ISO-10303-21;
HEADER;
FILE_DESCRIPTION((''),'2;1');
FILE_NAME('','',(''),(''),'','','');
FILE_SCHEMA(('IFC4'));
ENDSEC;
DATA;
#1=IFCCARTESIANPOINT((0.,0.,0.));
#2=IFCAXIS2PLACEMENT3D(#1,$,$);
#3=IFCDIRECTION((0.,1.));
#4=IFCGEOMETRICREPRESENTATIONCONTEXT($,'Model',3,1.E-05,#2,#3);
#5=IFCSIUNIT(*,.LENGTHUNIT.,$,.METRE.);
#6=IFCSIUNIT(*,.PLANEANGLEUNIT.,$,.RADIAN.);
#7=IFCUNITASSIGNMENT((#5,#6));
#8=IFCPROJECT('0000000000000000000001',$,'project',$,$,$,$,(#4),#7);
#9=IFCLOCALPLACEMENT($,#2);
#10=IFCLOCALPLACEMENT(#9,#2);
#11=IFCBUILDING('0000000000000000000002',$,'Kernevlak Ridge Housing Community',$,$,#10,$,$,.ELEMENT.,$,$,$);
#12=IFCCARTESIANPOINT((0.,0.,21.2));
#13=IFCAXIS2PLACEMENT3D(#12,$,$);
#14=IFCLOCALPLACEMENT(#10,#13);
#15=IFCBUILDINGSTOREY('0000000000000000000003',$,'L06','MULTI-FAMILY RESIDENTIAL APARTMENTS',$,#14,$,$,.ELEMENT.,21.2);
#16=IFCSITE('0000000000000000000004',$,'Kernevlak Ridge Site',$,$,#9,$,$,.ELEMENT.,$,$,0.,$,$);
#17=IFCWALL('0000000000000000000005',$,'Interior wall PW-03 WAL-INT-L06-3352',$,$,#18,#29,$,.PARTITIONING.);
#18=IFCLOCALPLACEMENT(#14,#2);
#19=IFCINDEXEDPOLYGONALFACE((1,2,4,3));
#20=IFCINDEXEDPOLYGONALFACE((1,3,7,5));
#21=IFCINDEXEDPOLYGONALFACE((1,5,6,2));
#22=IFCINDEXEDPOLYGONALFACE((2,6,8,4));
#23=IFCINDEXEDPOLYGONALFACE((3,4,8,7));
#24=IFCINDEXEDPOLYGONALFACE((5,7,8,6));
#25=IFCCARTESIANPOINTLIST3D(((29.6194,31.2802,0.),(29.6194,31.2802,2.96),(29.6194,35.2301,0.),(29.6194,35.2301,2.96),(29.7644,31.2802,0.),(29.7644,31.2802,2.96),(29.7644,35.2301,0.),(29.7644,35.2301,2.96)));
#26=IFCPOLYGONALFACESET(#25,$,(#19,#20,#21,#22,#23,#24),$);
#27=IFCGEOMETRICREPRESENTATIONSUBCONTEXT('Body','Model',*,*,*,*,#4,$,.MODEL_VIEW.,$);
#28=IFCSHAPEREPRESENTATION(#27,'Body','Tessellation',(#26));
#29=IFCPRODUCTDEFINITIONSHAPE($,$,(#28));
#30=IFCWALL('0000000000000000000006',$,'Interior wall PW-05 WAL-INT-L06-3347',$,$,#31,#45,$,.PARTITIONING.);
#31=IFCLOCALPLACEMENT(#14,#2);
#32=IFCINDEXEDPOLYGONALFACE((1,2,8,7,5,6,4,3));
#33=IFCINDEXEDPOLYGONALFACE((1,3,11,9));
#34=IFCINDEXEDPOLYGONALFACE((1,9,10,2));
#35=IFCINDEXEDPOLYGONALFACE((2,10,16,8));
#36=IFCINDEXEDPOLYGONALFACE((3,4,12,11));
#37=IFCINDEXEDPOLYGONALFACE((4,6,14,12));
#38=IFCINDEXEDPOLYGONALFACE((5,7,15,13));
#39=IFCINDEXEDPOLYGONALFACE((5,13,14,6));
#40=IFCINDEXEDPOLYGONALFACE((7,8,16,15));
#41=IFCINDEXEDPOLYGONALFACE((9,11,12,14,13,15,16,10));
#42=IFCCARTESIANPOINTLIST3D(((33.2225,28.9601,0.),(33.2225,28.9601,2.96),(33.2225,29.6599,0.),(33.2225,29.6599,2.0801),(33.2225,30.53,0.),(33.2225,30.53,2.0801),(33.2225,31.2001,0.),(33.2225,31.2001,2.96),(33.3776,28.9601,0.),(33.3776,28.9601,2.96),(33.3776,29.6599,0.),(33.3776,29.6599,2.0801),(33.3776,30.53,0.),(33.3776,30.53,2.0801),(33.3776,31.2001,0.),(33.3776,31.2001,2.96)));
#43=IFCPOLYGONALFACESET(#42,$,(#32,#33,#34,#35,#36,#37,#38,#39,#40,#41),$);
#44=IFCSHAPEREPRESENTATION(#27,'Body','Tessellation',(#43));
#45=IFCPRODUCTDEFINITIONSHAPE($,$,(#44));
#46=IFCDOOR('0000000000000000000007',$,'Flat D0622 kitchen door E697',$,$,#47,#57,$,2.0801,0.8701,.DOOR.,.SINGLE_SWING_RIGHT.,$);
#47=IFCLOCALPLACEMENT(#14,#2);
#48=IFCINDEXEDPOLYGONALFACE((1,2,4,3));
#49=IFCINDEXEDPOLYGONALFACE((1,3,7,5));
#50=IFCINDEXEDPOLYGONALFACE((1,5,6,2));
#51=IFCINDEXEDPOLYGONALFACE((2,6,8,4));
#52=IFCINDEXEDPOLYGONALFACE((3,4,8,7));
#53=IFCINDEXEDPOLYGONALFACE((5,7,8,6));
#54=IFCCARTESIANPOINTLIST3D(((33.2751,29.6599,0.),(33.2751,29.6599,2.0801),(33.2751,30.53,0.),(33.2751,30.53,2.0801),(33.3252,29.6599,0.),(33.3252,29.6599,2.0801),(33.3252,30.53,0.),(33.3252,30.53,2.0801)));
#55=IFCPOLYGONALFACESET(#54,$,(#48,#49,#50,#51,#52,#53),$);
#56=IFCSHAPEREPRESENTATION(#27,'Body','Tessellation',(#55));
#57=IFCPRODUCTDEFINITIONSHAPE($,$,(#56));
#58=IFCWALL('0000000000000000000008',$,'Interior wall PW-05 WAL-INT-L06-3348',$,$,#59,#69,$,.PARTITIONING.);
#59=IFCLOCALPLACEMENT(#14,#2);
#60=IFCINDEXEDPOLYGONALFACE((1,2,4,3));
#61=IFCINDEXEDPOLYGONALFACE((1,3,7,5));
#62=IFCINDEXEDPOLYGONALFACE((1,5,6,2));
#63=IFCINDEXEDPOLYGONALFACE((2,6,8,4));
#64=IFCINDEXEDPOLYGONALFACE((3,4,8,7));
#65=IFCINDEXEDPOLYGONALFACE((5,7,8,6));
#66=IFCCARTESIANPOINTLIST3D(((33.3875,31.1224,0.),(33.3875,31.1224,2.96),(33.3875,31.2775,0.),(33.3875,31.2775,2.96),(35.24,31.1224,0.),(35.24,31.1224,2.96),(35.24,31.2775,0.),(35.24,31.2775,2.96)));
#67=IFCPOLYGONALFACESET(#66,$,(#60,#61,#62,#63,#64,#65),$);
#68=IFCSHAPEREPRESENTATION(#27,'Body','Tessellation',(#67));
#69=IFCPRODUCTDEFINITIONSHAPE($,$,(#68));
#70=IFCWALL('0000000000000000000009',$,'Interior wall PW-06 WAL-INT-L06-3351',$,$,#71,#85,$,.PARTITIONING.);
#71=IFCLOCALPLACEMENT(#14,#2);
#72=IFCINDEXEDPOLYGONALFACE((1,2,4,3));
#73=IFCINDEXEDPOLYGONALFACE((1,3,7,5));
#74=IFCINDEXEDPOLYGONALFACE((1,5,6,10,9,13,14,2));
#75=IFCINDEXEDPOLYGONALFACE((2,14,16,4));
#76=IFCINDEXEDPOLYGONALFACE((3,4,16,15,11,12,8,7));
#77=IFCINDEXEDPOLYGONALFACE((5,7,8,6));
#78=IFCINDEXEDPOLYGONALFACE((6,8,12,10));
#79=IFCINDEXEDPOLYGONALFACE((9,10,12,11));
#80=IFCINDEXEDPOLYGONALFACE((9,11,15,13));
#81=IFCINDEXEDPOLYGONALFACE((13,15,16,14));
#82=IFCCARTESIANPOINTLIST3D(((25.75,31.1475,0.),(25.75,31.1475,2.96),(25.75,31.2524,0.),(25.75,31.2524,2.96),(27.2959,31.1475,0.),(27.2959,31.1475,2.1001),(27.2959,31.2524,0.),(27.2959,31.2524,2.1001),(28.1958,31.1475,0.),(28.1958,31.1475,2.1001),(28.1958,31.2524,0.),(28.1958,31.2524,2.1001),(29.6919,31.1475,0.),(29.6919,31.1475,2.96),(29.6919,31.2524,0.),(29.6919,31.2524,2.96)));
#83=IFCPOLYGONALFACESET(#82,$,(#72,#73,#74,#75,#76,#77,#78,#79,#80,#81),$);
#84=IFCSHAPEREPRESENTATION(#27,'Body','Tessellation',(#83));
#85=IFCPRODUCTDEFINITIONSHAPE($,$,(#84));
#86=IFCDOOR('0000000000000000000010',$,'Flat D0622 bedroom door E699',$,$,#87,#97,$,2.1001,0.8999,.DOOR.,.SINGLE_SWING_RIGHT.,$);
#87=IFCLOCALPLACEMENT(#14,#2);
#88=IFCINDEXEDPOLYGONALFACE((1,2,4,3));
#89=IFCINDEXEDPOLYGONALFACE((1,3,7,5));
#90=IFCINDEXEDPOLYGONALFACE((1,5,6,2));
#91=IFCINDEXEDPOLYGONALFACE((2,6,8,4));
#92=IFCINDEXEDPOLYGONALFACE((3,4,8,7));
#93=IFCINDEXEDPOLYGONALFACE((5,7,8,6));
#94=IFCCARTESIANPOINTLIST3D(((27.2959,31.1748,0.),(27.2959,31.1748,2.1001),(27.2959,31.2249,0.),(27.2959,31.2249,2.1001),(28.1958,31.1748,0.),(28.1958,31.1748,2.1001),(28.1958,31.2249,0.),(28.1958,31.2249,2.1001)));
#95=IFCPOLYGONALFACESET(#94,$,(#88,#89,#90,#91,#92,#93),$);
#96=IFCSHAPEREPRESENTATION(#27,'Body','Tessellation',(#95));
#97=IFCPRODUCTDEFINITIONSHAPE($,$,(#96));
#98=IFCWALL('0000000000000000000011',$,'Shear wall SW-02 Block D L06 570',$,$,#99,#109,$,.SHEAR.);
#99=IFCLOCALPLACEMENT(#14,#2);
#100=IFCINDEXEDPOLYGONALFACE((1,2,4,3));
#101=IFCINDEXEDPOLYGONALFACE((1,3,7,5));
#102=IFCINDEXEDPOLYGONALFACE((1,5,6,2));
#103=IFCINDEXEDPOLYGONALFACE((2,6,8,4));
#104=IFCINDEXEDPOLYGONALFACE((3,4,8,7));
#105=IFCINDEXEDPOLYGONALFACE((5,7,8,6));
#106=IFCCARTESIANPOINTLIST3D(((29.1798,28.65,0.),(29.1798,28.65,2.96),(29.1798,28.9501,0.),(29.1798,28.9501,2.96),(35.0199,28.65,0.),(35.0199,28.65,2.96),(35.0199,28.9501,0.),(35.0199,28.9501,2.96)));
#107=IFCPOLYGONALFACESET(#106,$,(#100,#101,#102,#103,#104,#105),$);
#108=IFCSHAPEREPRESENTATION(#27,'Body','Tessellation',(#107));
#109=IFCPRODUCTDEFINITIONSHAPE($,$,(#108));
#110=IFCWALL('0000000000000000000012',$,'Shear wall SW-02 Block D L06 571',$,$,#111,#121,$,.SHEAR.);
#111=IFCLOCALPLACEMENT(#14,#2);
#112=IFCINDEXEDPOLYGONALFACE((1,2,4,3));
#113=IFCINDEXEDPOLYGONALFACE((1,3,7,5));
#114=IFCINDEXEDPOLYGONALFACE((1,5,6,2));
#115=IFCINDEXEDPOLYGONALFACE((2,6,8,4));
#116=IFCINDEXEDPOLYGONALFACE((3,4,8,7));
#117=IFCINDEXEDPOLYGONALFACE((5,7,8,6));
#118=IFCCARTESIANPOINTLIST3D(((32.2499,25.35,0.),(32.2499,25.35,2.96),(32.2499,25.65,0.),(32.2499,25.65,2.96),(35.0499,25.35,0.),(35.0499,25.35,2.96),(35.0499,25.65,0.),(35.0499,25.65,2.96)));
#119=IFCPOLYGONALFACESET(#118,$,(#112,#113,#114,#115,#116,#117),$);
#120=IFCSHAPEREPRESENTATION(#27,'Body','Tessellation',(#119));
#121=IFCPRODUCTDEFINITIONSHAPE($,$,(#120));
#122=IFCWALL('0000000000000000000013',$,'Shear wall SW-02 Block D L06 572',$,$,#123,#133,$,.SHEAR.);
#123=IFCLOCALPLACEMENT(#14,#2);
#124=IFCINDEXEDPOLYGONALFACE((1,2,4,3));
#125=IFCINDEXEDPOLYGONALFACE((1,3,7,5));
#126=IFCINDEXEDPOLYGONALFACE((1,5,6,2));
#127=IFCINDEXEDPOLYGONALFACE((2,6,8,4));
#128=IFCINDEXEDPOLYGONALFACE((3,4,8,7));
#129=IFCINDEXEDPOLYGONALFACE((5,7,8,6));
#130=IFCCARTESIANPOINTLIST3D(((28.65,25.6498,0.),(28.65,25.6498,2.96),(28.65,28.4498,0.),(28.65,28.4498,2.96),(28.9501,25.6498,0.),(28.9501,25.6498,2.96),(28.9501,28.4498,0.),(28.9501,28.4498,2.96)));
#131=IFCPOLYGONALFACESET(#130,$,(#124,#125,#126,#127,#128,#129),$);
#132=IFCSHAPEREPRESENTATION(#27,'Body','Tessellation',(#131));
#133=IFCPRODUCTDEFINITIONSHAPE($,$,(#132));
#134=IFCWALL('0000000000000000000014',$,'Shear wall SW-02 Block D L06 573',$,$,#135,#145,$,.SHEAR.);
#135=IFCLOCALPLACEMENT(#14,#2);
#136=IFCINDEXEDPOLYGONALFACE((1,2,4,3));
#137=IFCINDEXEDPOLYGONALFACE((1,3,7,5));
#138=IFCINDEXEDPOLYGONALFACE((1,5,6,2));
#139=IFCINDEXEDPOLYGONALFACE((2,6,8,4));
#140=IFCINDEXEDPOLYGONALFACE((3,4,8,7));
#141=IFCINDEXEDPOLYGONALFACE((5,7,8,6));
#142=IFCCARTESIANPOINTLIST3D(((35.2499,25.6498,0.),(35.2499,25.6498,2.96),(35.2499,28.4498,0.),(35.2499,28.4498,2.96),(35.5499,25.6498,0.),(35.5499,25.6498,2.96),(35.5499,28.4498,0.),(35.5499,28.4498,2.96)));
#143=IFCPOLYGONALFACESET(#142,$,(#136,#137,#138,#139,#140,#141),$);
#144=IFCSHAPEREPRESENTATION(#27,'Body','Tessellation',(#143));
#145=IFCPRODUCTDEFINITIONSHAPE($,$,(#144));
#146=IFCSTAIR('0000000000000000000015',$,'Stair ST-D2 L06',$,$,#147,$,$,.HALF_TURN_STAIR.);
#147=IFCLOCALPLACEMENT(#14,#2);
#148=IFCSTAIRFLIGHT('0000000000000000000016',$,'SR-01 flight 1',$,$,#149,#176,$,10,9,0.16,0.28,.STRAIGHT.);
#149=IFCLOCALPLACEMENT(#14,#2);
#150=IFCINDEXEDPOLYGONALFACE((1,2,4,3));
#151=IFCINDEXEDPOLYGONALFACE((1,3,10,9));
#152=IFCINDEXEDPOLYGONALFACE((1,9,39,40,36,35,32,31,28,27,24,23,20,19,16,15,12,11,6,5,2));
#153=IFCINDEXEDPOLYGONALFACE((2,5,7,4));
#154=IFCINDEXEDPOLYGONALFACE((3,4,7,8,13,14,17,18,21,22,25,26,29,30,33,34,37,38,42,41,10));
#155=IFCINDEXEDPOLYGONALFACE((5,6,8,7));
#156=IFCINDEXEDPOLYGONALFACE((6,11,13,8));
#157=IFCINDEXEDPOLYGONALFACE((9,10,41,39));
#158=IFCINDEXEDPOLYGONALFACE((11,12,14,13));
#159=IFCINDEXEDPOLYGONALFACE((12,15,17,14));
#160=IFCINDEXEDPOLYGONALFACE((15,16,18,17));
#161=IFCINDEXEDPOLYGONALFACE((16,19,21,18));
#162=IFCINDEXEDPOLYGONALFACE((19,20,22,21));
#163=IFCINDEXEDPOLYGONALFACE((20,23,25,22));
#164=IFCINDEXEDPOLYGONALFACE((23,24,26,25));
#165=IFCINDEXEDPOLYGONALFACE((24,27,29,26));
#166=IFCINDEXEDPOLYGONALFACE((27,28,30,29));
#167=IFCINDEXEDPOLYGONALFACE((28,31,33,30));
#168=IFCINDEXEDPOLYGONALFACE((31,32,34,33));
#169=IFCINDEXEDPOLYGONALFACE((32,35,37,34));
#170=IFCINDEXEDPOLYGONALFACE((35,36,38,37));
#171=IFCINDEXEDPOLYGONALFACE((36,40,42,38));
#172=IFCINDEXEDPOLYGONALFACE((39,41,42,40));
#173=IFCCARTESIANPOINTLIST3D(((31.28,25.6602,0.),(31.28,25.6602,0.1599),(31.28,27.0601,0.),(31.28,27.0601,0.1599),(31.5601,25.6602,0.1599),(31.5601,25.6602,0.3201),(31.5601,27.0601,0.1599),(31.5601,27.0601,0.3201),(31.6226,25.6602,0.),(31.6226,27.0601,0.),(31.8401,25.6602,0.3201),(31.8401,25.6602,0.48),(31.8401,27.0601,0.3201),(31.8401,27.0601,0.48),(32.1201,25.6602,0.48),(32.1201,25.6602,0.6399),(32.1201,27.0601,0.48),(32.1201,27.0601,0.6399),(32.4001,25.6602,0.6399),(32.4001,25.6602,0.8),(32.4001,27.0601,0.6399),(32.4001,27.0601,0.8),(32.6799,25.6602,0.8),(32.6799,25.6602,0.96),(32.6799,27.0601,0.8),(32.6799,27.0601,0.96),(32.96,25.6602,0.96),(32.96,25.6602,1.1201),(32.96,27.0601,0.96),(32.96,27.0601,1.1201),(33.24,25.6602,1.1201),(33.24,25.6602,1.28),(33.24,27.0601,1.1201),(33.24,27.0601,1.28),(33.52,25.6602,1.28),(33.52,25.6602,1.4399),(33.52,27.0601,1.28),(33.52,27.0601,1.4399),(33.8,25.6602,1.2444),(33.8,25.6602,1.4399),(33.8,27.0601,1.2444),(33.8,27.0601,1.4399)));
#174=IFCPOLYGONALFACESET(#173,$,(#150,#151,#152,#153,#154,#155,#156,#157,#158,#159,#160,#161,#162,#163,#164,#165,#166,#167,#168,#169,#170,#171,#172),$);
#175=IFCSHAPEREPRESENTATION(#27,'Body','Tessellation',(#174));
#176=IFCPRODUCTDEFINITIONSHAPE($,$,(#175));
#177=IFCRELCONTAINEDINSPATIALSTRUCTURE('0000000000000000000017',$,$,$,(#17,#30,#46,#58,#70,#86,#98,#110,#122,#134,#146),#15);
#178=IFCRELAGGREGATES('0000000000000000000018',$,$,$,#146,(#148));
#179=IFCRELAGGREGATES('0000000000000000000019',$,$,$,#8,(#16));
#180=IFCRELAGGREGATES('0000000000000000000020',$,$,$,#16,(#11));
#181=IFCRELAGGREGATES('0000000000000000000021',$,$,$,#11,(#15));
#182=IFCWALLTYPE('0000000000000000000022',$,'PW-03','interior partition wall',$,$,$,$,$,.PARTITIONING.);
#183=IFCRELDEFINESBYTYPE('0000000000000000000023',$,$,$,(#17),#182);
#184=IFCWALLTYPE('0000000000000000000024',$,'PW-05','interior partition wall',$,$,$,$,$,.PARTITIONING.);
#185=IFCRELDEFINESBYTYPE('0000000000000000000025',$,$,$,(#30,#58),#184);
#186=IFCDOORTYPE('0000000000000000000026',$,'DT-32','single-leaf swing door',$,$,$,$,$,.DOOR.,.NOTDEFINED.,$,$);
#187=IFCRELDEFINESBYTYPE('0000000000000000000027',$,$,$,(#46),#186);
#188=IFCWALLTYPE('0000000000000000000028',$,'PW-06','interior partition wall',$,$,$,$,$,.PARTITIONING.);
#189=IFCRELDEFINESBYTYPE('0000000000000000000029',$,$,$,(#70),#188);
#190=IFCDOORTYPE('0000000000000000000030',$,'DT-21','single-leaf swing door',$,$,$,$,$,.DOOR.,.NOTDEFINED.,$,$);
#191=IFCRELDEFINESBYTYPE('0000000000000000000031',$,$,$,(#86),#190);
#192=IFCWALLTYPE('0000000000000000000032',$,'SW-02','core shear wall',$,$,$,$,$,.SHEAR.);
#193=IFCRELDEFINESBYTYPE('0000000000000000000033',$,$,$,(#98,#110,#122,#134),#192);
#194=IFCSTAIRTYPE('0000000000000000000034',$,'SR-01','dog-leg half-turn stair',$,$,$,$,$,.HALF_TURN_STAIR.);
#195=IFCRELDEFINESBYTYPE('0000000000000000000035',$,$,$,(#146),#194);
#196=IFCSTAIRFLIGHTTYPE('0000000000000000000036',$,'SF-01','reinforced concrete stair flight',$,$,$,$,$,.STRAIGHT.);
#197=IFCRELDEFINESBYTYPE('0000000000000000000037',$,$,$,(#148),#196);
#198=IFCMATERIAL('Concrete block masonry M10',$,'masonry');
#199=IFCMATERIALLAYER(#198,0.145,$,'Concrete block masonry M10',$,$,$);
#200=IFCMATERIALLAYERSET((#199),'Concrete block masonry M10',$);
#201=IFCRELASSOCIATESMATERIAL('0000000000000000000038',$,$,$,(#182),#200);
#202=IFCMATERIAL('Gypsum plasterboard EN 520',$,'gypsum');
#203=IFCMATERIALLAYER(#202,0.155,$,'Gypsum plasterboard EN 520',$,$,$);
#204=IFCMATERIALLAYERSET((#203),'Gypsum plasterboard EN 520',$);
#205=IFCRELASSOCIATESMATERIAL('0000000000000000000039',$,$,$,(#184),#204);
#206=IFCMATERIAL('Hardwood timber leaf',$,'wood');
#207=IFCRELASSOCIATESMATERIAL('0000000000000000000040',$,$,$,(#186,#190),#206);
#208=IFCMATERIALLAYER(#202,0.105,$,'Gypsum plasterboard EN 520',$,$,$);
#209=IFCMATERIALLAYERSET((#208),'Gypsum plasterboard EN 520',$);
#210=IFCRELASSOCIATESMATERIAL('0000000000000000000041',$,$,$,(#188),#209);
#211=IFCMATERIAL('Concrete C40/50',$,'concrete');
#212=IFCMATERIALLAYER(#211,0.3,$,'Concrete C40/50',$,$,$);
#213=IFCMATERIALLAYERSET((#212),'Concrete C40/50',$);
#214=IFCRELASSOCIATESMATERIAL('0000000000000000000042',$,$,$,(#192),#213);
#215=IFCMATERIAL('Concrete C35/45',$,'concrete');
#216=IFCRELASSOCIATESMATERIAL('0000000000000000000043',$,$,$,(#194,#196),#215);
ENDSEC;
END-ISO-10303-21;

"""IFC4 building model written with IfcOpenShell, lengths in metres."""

from ifc_helpers import new_model, si_unit, direction, frame, frame_2d, origin, place, context, subcontext, project, spatial, polyline, rectangle, outline, extrude, material, layer, layer_set, type_object, element, fill, aggregate, save


model = new_model("IFC4")

# Units and contexts
model_context = context("Model", 3, precision=1e-05, world=origin(), true_north=direction((0.0, 1.0)))
body_context = subcontext(model_context, "Body", "Model", "MODEL_VIEW")
ifc_project = project(units=[si_unit("LENGTHUNIT", "METRE"), si_unit("PLANEANGLEUNIT", "RADIAN")], contexts=[model_context])

# Site, building, storey
site_placement = place(None, origin())
site = spatial("IfcSite", under=ifc_project, at=site_placement, Name="Kernevlak Ridge Site", CompositionType="ELEMENT", RefElevation=0.0)
building_placement = place(site_placement, origin())
building = spatial("IfcBuilding", under=site, at=building_placement, Name="Kernevlak Ridge Housing Community", CompositionType="ELEMENT")
storey_placement = place(building_placement, frame((0.0, 0.0, 21.2)))
storey = spatial("IfcBuildingStorey", under=building, at=storey_placement, Name="L06", Description="MULTI-FAMILY RESIDENTIAL APARTMENTS", CompositionType="ELEMENT", Elevation=21.2)

# Shared definitions
ifc_material_1 = material(Name="Concrete C35/45", Category="concrete")

# Shared definitions
ifc_material_2 = material(Name="Concrete block masonry M10", Category="masonry")

# Wall
ifc_layer_1 = layer(ifc_material_2, 0.145, Name="Concrete block masonry M10")
ifc_layer_set_1 = layer_set([ifc_layer_1], Name="Concrete block masonry M10")
wall_type_1 = type_object("IfcWallType", Name="PW-03", Description="interior partition wall", PredefinedType="PARTITIONING", material=ifc_layer_set_1)
wall_1_placement = place(storey_placement, frame((29.6919, 31.28, 0.0), z_axis=(0.0, 0.0, 1.0), x_axis=(0.0, 1.0, 0.0)))
element("IfcWall", 1, at=wall_1_placement, inside=storey, type_object=wall_type_1, Name="Interior wall PW-03 WAL-INT-L06-3352", PredefinedType="PARTITIONING", context=body_context, shape_type="SweptSolid", body=[
    extrude(rectangle(XDim=3.95, YDim=0.145, at=frame_2d((1.9751, 0.0))), origin(), (0.0, 0.0, 1.0), 2.96),
])

# Wall, opening, door
ifc_material_3 = material(Name="Gypsum plasterboard EN 520", Category="gypsum")
ifc_layer_2 = layer(ifc_material_3, 0.155, Name="Gypsum plasterboard EN 520")
ifc_layer_set_2 = layer_set([ifc_layer_2], Name="Gypsum plasterboard EN 520")
wall_type_2 = type_object("IfcWallType", Name="PW-05", Description="interior partition wall", PredefinedType="PARTITIONING", material=ifc_layer_set_2)
wall_2_placement = place(storey_placement, frame((33.3, 28.96, 0.0), z_axis=(0.0, 0.0, 1.0), x_axis=(0.0, 1.0, 0.0)))
wall_2 = element("IfcWall", 2, at=wall_2_placement, inside=storey, type_object=wall_type_2, Name="Interior wall PW-05 WAL-INT-L06-3347", PredefinedType="PARTITIONING", context=body_context, shape_type="SweptSolid", body=[
    extrude(rectangle(XDim=2.24, YDim=0.155, at=frame_2d((1.1201, 0.0))), origin(), (0.0, 0.0, 1.0), 2.96),
])
opening_1_placement = place(wall_2_placement, frame((0.7, 0.0, 0.0)))
opening_1 = element("IfcOpeningElement", 3, at=opening_1_placement, cuts=wall_2, PredefinedType="OPENING", context=body_context, shape_type="SweptSolid", body=[
    extrude(rectangle(XDim=0.8701, YDim=2.0801, at=frame_2d((0.4351, 1.04))), frame((0.0, 0.0874, 0.0), z_axis=(0.0, -1.0, 0.0), x_axis=(1.0, 0.0, 0.0)), (0.0, 0.0, 1.0), 0.175),
])
ifc_material_4 = material(Name="Hardwood timber leaf", Category="wood")
door_type_1 = type_object("IfcDoorType", Name="DT-32", Description="single-leaf swing door", OperationType="NOTDEFINED", PredefinedType="DOOR", material=ifc_material_4)
door_1_placement = place(opening_1_placement, origin())
door_1 = element("IfcDoor", 4, at=door_1_placement, inside=storey, type_object=door_type_1, Name="Flat D0622 kitchen door E697", OperationType="SINGLE_SWING_RIGHT", OverallHeight=2.0801, OverallWidth=0.8701, PredefinedType="DOOR", context=body_context, shape_type="SweptSolid", body=[
    extrude(rectangle(XDim=0.8701, YDim=2.0801, at=frame_2d((0.4351, 1.04))), frame((0.0, 0.0249, 0.0), z_axis=(0.0, -1.0, 0.0), x_axis=(1.0, 0.0, 0.0)), (0.0, 0.0, 1.0), 0.05),
])
fill(opening_1, door_1)

# Wall
wall_3_placement = place(storey_placement, frame((33.3875, 31.2, 0.0), z_axis=(0.0, 0.0, 1.0), x_axis=(1.0, 0.0, 0.0)))
element("IfcWall", 5, at=wall_3_placement, inside=storey, type_object=wall_type_2, Name="Interior wall PW-05 WAL-INT-L06-3348", PredefinedType="PARTITIONING", context=body_context, shape_type="SweptSolid", body=[
    extrude(rectangle(XDim=1.8525, YDim=0.155, at=frame_2d((0.9263, 0.0))), origin(), (0.0, 0.0, 1.0), 2.96),
])

# Wall, opening, door
ifc_layer_3 = layer(ifc_material_3, 0.105, Name="Gypsum plasterboard EN 520")
ifc_layer_set_3 = layer_set([ifc_layer_3], Name="Gypsum plasterboard EN 520")
wall_type_3 = type_object("IfcWallType", Name="PW-06", Description="interior partition wall", PredefinedType="PARTITIONING", material=ifc_layer_set_3)
wall_4_placement = place(storey_placement, frame((25.75, 31.2, 0.0), z_axis=(0.0, 0.0, 1.0), x_axis=(1.0, 0.0, 0.0)))
wall_4 = element("IfcWall", 6, at=wall_4_placement, inside=storey, type_object=wall_type_3, Name="Interior wall PW-06 WAL-INT-L06-3351", PredefinedType="PARTITIONING", context=body_context, shape_type="SweptSolid", body=[
    extrude(rectangle(XDim=3.9419, YDim=0.105, at=frame_2d((1.9709, 0.0))), origin(), (0.0, 0.0, 1.0), 2.96),
])
opening_2_placement = place(wall_4_placement, frame((1.5459, 0.0, 0.0)))
opening_2 = element("IfcOpeningElement", 7, at=opening_2_placement, cuts=wall_4, PredefinedType="OPENING", context=body_context, shape_type="SweptSolid", body=[
    extrude(rectangle(XDim=0.8999, YDim=2.1001, at=frame_2d((0.45, 1.05))), frame((0.0, 0.0625, 0.0), z_axis=(0.0, -1.0, 0.0), x_axis=(1.0, 0.0, 0.0)), (0.0, 0.0, 1.0), 0.125),
])
door_type_2 = type_object("IfcDoorType", Name="DT-21", Description="single-leaf swing door", OperationType="NOTDEFINED", PredefinedType="DOOR", material=ifc_material_4)
door_2_placement = place(opening_2_placement, origin())
door_2 = element("IfcDoor", 8, at=door_2_placement, inside=storey, type_object=door_type_2, Name="Flat D0622 bedroom door E699", OperationType="SINGLE_SWING_RIGHT", OverallHeight=2.1001, OverallWidth=0.8999, PredefinedType="DOOR", context=body_context, shape_type="SweptSolid", body=[
    extrude(rectangle(XDim=0.8999, YDim=2.1001, at=frame_2d((0.45, 1.05))), frame((0.0, 0.0249, 0.0), z_axis=(0.0, -1.0, 0.0), x_axis=(1.0, 0.0, 0.0)), (0.0, 0.0, 1.0), 0.05),
])
fill(opening_2, door_2)

# Walls
ifc_material_5 = material(Name="Concrete C40/50", Category="concrete")
ifc_layer_4 = layer(ifc_material_5, 0.3, Name="Concrete C40/50")
ifc_layer_set_4 = layer_set([ifc_layer_4], Name="Concrete C40/50")
wall_type_4 = type_object("IfcWallType", Name="SW-02", Description="core shear wall", PredefinedType="SHEAR", material=ifc_layer_set_4)
wall_5_placement = place(storey_placement, frame((29.1799, 28.8, 0.0), z_axis=(0.0, 0.0, 1.0), x_axis=(1.0, 0.0, 0.0)))
element("IfcWall", 9, at=wall_5_placement, inside=storey, type_object=wall_type_4, Name="Shear wall SW-02 Block D L06 570", PredefinedType="SHEAR", context=body_context, shape_type="SweptSolid", body=[
    extrude(rectangle(XDim=5.8401, YDim=0.3, at=frame_2d((2.9199, 0.0))), origin(), (0.0, 0.0, 1.0), 2.96),
])
for number, where, z_axis, x_axis, name in (
    (10, (32.25, 25.5, 0.0), (0.0, 0.0, 1.0), (1.0, 0.0, 0.0), "Shear wall SW-02 Block D L06 571"),
    (11, (28.8, 25.6499, 0.0), (0.0, 0.0, 1.0), (0.0, 1.0, 0.0), "Shear wall SW-02 Block D L06 572"),
    (12, (35.3999, 25.6499, 0.0), (0.0, 0.0, 1.0), (0.0, 1.0, 0.0), "Shear wall SW-02 Block D L06 573"),
):
    element("IfcWall", number, at=place(storey_placement, frame(where, z_axis=z_axis, x_axis=x_axis)), inside=storey, type_object=wall_type_4, Name=name, PredefinedType="SHEAR", context=body_context, shape_type="SweptSolid", body=[
        extrude(rectangle(XDim=2.8, YDim=0.3, at=frame_2d((1.3999, 0.0))), origin(), (0.0, 0.0, 1.0), 2.96),
    ])

# Stair, stair flight
stair_type = type_object("IfcStairType", Name="SR-01", Description="dog-leg half-turn stair", PredefinedType="HALF_TURN_STAIR", material=ifc_material_1)
stair_placement = place(storey_placement, origin())
stair = element("IfcStair", 13, at=stair_placement, inside=storey, type_object=stair_type, Name="Stair ST-D2 L06", PredefinedType="HALF_TURN_STAIR")
stair_flight_type = type_object("IfcStairFlightType", Name="SF-01", Description="reinforced concrete stair flight", PredefinedType="STRAIGHT", material=ifc_material_1)
stair_flight_1_placement = place(storey_placement, frame((31.28, 26.3601, 0.0), z_axis=(0.0, 0.0, 1.0), x_axis=(1.0, 0.0, 0.0)))
stair_flight_1 = element("IfcStairFlight", 14, at=stair_flight_1_placement, type_object=stair_flight_type, Name="SR-01 flight 1", NumberOfRisers=10, NumberOfTreads=9, PredefinedType="STRAIGHT", RiserHeight=0.16, TreadLength=0.28, context=body_context, shape_type="SweptSolid", body=[
    extrude(outline(polyline([(0.0, 0.0), (0.0, 0.1599), (0.28, 0.1599), (0.28, 0.3201), (0.5601, 0.3201), (0.5601, 0.48), (0.8401, 0.48), (0.8401, 0.6399), (1.1201, 0.6399), (1.1201, 0.8), (1.3999, 0.8), (1.3999, 0.96), (1.6799, 0.96), (1.6799, 1.1201), (1.96, 1.1201), (1.96, 1.28), (2.24, 1.28), (2.24, 1.4399), (2.52, 1.4399), (2.52, 1.6001), (2.52, 1.2444), (0.3425, 0.0), (0.0, 0.0)])), frame((0.0, 0.7, 0.0), z_axis=(0.0, -1.0, 0.0), x_axis=(1.0, 0.0, 0.0)), (0.0, 0.0, 1.0), 1.3999),
])
aggregate(stair, [stair_flight_1])

save(model, "model.ifc")
